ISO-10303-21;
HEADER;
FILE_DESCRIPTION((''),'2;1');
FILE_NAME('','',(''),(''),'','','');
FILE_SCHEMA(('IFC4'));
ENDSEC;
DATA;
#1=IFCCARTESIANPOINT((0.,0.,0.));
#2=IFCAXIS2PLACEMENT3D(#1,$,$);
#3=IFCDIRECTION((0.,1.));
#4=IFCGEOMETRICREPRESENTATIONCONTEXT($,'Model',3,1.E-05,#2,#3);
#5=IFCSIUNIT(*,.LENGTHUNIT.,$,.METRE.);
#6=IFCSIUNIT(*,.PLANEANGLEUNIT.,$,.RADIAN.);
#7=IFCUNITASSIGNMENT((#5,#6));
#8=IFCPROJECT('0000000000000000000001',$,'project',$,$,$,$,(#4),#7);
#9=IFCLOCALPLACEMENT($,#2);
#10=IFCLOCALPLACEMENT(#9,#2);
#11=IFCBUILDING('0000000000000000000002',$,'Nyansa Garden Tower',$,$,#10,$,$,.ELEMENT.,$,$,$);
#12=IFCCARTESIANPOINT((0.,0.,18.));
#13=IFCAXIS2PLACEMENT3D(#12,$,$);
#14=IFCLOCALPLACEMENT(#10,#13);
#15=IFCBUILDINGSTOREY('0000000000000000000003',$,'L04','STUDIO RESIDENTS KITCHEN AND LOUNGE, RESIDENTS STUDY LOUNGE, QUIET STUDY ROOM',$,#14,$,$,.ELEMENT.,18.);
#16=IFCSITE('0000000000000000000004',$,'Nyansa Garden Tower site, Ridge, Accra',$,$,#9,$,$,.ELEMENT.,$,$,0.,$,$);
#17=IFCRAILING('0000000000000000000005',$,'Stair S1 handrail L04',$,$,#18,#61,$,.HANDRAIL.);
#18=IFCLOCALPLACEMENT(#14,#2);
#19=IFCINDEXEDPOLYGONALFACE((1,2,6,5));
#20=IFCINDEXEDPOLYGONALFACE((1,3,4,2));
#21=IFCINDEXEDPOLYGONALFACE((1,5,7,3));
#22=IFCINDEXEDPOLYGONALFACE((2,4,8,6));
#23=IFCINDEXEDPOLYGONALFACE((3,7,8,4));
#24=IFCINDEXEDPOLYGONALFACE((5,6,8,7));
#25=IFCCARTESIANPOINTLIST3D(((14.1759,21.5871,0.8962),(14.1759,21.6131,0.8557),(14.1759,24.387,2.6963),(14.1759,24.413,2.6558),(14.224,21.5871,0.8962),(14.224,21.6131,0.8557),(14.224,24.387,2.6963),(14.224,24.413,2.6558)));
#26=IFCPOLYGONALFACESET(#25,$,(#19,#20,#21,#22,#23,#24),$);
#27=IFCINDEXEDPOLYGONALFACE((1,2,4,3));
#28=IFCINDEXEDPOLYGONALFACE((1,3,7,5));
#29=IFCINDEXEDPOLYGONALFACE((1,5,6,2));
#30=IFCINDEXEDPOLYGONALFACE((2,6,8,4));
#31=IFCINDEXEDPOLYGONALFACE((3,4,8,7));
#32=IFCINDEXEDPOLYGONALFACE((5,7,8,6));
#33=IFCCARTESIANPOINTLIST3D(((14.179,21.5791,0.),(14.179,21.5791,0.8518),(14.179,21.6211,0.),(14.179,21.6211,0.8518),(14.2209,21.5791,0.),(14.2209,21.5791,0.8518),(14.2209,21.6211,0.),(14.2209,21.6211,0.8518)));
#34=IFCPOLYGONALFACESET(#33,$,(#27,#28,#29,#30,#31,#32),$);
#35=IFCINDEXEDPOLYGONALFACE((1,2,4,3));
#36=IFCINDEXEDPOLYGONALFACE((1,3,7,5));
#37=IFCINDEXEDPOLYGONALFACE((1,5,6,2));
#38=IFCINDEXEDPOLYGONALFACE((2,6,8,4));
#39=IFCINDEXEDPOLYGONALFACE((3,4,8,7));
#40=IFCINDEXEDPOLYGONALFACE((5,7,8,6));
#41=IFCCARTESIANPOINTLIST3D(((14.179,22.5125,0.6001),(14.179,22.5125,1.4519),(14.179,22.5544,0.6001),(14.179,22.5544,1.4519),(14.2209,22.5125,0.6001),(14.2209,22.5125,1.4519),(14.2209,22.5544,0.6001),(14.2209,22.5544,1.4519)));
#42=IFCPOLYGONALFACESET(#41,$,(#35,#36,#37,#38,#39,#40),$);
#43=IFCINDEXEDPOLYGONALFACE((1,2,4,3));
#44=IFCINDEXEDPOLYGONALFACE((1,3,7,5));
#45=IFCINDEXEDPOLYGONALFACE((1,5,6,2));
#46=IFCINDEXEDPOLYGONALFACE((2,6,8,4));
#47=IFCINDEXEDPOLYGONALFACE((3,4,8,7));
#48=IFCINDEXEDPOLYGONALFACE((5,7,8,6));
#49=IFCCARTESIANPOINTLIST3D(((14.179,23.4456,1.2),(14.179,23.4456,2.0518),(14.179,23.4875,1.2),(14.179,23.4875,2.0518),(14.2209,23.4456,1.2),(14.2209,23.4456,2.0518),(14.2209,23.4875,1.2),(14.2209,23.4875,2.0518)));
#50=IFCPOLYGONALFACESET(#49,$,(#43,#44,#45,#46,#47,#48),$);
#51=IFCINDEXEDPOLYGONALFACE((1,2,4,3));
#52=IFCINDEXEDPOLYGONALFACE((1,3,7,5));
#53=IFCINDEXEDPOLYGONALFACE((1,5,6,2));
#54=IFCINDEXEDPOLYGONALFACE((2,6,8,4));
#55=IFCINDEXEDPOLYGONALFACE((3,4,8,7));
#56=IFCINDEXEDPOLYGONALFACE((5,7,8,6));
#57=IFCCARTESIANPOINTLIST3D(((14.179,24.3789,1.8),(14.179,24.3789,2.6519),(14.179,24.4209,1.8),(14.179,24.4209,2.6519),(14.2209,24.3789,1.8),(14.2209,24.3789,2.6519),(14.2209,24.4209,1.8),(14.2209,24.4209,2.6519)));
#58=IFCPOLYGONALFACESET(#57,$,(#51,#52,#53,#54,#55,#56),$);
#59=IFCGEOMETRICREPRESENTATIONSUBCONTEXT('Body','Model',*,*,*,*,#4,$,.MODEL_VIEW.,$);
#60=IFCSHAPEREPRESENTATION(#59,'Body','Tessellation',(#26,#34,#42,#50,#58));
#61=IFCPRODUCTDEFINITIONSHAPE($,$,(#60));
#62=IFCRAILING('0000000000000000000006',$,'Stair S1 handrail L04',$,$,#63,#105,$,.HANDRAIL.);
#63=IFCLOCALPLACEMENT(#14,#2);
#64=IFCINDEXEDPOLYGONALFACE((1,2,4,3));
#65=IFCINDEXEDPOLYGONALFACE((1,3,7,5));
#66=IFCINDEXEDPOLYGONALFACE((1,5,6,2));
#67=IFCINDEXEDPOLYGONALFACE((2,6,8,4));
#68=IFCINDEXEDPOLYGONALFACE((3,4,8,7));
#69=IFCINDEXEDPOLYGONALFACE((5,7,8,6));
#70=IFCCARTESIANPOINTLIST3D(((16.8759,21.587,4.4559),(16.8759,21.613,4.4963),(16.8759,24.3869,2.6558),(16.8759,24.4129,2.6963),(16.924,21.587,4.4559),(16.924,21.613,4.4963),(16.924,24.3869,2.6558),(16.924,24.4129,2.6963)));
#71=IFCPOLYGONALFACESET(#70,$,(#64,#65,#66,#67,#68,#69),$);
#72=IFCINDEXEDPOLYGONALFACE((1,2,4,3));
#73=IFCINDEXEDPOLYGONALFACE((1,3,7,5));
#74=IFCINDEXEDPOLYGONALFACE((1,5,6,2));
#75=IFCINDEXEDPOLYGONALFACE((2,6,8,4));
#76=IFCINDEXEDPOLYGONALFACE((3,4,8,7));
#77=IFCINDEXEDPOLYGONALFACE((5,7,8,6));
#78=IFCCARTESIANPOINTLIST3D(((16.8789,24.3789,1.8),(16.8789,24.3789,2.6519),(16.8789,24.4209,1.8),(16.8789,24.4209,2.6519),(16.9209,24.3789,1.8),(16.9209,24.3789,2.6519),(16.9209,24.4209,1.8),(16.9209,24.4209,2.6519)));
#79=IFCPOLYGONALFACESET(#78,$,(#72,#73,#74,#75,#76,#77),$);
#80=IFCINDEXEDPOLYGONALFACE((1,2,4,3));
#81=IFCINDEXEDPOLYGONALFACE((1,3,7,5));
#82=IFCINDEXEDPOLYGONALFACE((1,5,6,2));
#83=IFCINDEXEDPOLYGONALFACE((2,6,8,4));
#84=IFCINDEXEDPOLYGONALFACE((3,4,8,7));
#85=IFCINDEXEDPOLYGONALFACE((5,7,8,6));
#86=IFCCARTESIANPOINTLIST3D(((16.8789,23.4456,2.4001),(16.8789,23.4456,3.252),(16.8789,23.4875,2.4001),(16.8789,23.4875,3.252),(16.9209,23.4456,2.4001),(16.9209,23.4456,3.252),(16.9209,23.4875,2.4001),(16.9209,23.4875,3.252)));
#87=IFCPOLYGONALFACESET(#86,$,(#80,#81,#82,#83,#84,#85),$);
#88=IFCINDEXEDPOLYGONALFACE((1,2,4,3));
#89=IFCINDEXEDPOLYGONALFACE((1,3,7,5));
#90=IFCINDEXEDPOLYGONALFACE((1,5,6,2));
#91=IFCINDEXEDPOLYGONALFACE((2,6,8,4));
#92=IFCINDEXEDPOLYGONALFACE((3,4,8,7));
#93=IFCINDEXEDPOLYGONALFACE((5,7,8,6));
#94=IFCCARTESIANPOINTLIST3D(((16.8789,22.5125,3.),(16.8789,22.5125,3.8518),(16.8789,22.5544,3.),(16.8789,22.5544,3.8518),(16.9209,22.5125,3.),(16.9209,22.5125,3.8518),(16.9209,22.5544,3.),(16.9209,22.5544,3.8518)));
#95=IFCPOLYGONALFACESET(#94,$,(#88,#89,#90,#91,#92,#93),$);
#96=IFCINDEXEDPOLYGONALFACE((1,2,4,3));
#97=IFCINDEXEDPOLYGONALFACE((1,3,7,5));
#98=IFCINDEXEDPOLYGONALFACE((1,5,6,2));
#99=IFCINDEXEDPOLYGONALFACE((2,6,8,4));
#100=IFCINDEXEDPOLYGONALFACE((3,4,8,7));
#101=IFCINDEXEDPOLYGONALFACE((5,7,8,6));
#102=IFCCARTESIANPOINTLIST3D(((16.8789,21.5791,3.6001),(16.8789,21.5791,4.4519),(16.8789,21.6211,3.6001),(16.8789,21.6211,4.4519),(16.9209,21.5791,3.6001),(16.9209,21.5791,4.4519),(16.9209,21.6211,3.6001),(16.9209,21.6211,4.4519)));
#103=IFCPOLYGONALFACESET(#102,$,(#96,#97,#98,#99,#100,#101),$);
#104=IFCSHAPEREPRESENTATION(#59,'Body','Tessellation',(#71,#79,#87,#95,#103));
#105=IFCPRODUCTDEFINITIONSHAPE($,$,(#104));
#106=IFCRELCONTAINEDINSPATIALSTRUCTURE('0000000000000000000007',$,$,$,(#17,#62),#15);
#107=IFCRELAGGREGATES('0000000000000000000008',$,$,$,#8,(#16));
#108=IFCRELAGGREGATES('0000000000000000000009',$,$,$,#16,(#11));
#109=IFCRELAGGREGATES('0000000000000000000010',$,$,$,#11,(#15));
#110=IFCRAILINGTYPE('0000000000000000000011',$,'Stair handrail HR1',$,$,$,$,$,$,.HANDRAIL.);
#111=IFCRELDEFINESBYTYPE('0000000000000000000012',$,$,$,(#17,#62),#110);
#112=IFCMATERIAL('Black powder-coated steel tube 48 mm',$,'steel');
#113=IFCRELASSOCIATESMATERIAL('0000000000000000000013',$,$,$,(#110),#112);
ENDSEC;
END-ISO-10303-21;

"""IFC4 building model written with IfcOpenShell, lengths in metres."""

from ifc_helpers import new_model, si_unit, direction, frame, origin, origin_2d, place, context, subcontext, project, spatial, rectangle, extrude, material, type_object, element, save


model = new_model("IFC4")

# Units and contexts
model_context = context("Model", 3, precision=1e-05, world=origin(), true_north=direction((0.0, 1.0)))
body_context = subcontext(model_context, "Body", "Model", "MODEL_VIEW")
ifc_project = project(units=[si_unit("LENGTHUNIT", "METRE"), si_unit("PLANEANGLEUNIT", "RADIAN")], contexts=[model_context])

# Site, building, storey
site_placement = place(None, origin())
site = spatial("IfcSite", under=ifc_project, at=site_placement, Name="Nyansa Garden Tower site, Ridge, Accra", CompositionType="ELEMENT", RefElevation=0.0)
building_placement = place(site_placement, origin())
building = spatial("IfcBuilding", under=site, at=building_placement, Name="Nyansa Garden Tower", CompositionType="ELEMENT")
storey_placement = place(building_placement, frame((0.0, 0.0, 18.0)))
storey = spatial("IfcBuildingStorey", under=building, at=storey_placement, Name="L04", Description="STUDIO RESIDENTS KITCHEN AND LOUNGE, RESIDENTS STUDY LOUNGE, QUIET STUDY ROOM", CompositionType="ELEMENT", Elevation=18.0)

# Railings
ifc_material_1 = material(Name="Black powder-coated steel tube 48 mm", Category="steel")
railing_type = type_object("IfcRailingType", Name="Stair handrail HR1", PredefinedType="HANDRAIL", material=ifc_material_1)
railing_1_placement = place(storey_placement, frame((14.2, 21.6001, 0.0)))
element("IfcRailing", 1, at=railing_1_placement, inside=storey, type_object=railing_type, Name="Stair S1 handrail L04", PredefinedType="HANDRAIL", context=body_context, shape_type="SweptSolid", body=[
    extrude(rectangle(XDim=0.0481, YDim=0.0481, at=origin_2d()), frame((0.0, 0.0, 0.876), z_axis=(0.0, 0.841155, 0.540795), x_axis=(-1.0, 0.0, 0.0)), (0.0, 0.0, 1.0), 3.3286),
    extrude(rectangle(XDim=0.042, YDim=0.042, at=origin_2d()), origin(), (0.0, 0.0, 1.0), 0.8518),
    extrude(rectangle(XDim=0.042, YDim=0.042, at=origin_2d()), frame((0.0, 0.9333, 0.6001)), (0.0, 0.0, 1.0), 0.8518),
    extrude(rectangle(XDim=0.042, YDim=0.042, at=origin_2d()), frame((0.0, 1.8665, 1.2)), (0.0, 0.0, 1.0), 0.8518),
    extrude(rectangle(XDim=0.042, YDim=0.042, at=origin_2d()), frame((0.0, 2.7998, 1.8)), (0.0, 0.0, 1.0), 0.8518),
])
railing_2_placement = place(storey_placement, frame((16.8999, 24.3999, 1.8)))
element("IfcRailing", 2, at=railing_2_placement, inside=storey, type_object=railing_type, Name="Stair S1 handrail L04", PredefinedType="HANDRAIL", context=body_context, shape_type="SweptSolid", body=[
    extrude(rectangle(XDim=0.0481, YDim=0.0481, at=origin_2d()), frame((0.0, 0.0, 0.876), z_axis=(0.0, -0.841155, 0.540795), x_axis=(1.0, 0.0, 0.0)), (0.0, 0.0, 1.0), 3.3286),
    extrude(rectangle(XDim=0.042, YDim=0.042, at=origin_2d()), origin(), (0.0, 0.0, 1.0), 0.8518),
    extrude(rectangle(XDim=0.042, YDim=0.042, at=origin_2d()), frame((0.0, -0.9333, 0.6001)), (0.0, 0.0, 1.0), 0.8518),
    extrude(rectangle(XDim=0.042, YDim=0.042, at=origin_2d()), frame((0.0, -1.8665, 1.2)), (0.0, 0.0, 1.0), 0.8518),
    extrude(rectangle(XDim=0.042, YDim=0.042, at=origin_2d()), frame((0.0, -2.7998, 1.8)), (0.0, 0.0, 1.0), 0.8518),
])

save(model, "model.ifc")
